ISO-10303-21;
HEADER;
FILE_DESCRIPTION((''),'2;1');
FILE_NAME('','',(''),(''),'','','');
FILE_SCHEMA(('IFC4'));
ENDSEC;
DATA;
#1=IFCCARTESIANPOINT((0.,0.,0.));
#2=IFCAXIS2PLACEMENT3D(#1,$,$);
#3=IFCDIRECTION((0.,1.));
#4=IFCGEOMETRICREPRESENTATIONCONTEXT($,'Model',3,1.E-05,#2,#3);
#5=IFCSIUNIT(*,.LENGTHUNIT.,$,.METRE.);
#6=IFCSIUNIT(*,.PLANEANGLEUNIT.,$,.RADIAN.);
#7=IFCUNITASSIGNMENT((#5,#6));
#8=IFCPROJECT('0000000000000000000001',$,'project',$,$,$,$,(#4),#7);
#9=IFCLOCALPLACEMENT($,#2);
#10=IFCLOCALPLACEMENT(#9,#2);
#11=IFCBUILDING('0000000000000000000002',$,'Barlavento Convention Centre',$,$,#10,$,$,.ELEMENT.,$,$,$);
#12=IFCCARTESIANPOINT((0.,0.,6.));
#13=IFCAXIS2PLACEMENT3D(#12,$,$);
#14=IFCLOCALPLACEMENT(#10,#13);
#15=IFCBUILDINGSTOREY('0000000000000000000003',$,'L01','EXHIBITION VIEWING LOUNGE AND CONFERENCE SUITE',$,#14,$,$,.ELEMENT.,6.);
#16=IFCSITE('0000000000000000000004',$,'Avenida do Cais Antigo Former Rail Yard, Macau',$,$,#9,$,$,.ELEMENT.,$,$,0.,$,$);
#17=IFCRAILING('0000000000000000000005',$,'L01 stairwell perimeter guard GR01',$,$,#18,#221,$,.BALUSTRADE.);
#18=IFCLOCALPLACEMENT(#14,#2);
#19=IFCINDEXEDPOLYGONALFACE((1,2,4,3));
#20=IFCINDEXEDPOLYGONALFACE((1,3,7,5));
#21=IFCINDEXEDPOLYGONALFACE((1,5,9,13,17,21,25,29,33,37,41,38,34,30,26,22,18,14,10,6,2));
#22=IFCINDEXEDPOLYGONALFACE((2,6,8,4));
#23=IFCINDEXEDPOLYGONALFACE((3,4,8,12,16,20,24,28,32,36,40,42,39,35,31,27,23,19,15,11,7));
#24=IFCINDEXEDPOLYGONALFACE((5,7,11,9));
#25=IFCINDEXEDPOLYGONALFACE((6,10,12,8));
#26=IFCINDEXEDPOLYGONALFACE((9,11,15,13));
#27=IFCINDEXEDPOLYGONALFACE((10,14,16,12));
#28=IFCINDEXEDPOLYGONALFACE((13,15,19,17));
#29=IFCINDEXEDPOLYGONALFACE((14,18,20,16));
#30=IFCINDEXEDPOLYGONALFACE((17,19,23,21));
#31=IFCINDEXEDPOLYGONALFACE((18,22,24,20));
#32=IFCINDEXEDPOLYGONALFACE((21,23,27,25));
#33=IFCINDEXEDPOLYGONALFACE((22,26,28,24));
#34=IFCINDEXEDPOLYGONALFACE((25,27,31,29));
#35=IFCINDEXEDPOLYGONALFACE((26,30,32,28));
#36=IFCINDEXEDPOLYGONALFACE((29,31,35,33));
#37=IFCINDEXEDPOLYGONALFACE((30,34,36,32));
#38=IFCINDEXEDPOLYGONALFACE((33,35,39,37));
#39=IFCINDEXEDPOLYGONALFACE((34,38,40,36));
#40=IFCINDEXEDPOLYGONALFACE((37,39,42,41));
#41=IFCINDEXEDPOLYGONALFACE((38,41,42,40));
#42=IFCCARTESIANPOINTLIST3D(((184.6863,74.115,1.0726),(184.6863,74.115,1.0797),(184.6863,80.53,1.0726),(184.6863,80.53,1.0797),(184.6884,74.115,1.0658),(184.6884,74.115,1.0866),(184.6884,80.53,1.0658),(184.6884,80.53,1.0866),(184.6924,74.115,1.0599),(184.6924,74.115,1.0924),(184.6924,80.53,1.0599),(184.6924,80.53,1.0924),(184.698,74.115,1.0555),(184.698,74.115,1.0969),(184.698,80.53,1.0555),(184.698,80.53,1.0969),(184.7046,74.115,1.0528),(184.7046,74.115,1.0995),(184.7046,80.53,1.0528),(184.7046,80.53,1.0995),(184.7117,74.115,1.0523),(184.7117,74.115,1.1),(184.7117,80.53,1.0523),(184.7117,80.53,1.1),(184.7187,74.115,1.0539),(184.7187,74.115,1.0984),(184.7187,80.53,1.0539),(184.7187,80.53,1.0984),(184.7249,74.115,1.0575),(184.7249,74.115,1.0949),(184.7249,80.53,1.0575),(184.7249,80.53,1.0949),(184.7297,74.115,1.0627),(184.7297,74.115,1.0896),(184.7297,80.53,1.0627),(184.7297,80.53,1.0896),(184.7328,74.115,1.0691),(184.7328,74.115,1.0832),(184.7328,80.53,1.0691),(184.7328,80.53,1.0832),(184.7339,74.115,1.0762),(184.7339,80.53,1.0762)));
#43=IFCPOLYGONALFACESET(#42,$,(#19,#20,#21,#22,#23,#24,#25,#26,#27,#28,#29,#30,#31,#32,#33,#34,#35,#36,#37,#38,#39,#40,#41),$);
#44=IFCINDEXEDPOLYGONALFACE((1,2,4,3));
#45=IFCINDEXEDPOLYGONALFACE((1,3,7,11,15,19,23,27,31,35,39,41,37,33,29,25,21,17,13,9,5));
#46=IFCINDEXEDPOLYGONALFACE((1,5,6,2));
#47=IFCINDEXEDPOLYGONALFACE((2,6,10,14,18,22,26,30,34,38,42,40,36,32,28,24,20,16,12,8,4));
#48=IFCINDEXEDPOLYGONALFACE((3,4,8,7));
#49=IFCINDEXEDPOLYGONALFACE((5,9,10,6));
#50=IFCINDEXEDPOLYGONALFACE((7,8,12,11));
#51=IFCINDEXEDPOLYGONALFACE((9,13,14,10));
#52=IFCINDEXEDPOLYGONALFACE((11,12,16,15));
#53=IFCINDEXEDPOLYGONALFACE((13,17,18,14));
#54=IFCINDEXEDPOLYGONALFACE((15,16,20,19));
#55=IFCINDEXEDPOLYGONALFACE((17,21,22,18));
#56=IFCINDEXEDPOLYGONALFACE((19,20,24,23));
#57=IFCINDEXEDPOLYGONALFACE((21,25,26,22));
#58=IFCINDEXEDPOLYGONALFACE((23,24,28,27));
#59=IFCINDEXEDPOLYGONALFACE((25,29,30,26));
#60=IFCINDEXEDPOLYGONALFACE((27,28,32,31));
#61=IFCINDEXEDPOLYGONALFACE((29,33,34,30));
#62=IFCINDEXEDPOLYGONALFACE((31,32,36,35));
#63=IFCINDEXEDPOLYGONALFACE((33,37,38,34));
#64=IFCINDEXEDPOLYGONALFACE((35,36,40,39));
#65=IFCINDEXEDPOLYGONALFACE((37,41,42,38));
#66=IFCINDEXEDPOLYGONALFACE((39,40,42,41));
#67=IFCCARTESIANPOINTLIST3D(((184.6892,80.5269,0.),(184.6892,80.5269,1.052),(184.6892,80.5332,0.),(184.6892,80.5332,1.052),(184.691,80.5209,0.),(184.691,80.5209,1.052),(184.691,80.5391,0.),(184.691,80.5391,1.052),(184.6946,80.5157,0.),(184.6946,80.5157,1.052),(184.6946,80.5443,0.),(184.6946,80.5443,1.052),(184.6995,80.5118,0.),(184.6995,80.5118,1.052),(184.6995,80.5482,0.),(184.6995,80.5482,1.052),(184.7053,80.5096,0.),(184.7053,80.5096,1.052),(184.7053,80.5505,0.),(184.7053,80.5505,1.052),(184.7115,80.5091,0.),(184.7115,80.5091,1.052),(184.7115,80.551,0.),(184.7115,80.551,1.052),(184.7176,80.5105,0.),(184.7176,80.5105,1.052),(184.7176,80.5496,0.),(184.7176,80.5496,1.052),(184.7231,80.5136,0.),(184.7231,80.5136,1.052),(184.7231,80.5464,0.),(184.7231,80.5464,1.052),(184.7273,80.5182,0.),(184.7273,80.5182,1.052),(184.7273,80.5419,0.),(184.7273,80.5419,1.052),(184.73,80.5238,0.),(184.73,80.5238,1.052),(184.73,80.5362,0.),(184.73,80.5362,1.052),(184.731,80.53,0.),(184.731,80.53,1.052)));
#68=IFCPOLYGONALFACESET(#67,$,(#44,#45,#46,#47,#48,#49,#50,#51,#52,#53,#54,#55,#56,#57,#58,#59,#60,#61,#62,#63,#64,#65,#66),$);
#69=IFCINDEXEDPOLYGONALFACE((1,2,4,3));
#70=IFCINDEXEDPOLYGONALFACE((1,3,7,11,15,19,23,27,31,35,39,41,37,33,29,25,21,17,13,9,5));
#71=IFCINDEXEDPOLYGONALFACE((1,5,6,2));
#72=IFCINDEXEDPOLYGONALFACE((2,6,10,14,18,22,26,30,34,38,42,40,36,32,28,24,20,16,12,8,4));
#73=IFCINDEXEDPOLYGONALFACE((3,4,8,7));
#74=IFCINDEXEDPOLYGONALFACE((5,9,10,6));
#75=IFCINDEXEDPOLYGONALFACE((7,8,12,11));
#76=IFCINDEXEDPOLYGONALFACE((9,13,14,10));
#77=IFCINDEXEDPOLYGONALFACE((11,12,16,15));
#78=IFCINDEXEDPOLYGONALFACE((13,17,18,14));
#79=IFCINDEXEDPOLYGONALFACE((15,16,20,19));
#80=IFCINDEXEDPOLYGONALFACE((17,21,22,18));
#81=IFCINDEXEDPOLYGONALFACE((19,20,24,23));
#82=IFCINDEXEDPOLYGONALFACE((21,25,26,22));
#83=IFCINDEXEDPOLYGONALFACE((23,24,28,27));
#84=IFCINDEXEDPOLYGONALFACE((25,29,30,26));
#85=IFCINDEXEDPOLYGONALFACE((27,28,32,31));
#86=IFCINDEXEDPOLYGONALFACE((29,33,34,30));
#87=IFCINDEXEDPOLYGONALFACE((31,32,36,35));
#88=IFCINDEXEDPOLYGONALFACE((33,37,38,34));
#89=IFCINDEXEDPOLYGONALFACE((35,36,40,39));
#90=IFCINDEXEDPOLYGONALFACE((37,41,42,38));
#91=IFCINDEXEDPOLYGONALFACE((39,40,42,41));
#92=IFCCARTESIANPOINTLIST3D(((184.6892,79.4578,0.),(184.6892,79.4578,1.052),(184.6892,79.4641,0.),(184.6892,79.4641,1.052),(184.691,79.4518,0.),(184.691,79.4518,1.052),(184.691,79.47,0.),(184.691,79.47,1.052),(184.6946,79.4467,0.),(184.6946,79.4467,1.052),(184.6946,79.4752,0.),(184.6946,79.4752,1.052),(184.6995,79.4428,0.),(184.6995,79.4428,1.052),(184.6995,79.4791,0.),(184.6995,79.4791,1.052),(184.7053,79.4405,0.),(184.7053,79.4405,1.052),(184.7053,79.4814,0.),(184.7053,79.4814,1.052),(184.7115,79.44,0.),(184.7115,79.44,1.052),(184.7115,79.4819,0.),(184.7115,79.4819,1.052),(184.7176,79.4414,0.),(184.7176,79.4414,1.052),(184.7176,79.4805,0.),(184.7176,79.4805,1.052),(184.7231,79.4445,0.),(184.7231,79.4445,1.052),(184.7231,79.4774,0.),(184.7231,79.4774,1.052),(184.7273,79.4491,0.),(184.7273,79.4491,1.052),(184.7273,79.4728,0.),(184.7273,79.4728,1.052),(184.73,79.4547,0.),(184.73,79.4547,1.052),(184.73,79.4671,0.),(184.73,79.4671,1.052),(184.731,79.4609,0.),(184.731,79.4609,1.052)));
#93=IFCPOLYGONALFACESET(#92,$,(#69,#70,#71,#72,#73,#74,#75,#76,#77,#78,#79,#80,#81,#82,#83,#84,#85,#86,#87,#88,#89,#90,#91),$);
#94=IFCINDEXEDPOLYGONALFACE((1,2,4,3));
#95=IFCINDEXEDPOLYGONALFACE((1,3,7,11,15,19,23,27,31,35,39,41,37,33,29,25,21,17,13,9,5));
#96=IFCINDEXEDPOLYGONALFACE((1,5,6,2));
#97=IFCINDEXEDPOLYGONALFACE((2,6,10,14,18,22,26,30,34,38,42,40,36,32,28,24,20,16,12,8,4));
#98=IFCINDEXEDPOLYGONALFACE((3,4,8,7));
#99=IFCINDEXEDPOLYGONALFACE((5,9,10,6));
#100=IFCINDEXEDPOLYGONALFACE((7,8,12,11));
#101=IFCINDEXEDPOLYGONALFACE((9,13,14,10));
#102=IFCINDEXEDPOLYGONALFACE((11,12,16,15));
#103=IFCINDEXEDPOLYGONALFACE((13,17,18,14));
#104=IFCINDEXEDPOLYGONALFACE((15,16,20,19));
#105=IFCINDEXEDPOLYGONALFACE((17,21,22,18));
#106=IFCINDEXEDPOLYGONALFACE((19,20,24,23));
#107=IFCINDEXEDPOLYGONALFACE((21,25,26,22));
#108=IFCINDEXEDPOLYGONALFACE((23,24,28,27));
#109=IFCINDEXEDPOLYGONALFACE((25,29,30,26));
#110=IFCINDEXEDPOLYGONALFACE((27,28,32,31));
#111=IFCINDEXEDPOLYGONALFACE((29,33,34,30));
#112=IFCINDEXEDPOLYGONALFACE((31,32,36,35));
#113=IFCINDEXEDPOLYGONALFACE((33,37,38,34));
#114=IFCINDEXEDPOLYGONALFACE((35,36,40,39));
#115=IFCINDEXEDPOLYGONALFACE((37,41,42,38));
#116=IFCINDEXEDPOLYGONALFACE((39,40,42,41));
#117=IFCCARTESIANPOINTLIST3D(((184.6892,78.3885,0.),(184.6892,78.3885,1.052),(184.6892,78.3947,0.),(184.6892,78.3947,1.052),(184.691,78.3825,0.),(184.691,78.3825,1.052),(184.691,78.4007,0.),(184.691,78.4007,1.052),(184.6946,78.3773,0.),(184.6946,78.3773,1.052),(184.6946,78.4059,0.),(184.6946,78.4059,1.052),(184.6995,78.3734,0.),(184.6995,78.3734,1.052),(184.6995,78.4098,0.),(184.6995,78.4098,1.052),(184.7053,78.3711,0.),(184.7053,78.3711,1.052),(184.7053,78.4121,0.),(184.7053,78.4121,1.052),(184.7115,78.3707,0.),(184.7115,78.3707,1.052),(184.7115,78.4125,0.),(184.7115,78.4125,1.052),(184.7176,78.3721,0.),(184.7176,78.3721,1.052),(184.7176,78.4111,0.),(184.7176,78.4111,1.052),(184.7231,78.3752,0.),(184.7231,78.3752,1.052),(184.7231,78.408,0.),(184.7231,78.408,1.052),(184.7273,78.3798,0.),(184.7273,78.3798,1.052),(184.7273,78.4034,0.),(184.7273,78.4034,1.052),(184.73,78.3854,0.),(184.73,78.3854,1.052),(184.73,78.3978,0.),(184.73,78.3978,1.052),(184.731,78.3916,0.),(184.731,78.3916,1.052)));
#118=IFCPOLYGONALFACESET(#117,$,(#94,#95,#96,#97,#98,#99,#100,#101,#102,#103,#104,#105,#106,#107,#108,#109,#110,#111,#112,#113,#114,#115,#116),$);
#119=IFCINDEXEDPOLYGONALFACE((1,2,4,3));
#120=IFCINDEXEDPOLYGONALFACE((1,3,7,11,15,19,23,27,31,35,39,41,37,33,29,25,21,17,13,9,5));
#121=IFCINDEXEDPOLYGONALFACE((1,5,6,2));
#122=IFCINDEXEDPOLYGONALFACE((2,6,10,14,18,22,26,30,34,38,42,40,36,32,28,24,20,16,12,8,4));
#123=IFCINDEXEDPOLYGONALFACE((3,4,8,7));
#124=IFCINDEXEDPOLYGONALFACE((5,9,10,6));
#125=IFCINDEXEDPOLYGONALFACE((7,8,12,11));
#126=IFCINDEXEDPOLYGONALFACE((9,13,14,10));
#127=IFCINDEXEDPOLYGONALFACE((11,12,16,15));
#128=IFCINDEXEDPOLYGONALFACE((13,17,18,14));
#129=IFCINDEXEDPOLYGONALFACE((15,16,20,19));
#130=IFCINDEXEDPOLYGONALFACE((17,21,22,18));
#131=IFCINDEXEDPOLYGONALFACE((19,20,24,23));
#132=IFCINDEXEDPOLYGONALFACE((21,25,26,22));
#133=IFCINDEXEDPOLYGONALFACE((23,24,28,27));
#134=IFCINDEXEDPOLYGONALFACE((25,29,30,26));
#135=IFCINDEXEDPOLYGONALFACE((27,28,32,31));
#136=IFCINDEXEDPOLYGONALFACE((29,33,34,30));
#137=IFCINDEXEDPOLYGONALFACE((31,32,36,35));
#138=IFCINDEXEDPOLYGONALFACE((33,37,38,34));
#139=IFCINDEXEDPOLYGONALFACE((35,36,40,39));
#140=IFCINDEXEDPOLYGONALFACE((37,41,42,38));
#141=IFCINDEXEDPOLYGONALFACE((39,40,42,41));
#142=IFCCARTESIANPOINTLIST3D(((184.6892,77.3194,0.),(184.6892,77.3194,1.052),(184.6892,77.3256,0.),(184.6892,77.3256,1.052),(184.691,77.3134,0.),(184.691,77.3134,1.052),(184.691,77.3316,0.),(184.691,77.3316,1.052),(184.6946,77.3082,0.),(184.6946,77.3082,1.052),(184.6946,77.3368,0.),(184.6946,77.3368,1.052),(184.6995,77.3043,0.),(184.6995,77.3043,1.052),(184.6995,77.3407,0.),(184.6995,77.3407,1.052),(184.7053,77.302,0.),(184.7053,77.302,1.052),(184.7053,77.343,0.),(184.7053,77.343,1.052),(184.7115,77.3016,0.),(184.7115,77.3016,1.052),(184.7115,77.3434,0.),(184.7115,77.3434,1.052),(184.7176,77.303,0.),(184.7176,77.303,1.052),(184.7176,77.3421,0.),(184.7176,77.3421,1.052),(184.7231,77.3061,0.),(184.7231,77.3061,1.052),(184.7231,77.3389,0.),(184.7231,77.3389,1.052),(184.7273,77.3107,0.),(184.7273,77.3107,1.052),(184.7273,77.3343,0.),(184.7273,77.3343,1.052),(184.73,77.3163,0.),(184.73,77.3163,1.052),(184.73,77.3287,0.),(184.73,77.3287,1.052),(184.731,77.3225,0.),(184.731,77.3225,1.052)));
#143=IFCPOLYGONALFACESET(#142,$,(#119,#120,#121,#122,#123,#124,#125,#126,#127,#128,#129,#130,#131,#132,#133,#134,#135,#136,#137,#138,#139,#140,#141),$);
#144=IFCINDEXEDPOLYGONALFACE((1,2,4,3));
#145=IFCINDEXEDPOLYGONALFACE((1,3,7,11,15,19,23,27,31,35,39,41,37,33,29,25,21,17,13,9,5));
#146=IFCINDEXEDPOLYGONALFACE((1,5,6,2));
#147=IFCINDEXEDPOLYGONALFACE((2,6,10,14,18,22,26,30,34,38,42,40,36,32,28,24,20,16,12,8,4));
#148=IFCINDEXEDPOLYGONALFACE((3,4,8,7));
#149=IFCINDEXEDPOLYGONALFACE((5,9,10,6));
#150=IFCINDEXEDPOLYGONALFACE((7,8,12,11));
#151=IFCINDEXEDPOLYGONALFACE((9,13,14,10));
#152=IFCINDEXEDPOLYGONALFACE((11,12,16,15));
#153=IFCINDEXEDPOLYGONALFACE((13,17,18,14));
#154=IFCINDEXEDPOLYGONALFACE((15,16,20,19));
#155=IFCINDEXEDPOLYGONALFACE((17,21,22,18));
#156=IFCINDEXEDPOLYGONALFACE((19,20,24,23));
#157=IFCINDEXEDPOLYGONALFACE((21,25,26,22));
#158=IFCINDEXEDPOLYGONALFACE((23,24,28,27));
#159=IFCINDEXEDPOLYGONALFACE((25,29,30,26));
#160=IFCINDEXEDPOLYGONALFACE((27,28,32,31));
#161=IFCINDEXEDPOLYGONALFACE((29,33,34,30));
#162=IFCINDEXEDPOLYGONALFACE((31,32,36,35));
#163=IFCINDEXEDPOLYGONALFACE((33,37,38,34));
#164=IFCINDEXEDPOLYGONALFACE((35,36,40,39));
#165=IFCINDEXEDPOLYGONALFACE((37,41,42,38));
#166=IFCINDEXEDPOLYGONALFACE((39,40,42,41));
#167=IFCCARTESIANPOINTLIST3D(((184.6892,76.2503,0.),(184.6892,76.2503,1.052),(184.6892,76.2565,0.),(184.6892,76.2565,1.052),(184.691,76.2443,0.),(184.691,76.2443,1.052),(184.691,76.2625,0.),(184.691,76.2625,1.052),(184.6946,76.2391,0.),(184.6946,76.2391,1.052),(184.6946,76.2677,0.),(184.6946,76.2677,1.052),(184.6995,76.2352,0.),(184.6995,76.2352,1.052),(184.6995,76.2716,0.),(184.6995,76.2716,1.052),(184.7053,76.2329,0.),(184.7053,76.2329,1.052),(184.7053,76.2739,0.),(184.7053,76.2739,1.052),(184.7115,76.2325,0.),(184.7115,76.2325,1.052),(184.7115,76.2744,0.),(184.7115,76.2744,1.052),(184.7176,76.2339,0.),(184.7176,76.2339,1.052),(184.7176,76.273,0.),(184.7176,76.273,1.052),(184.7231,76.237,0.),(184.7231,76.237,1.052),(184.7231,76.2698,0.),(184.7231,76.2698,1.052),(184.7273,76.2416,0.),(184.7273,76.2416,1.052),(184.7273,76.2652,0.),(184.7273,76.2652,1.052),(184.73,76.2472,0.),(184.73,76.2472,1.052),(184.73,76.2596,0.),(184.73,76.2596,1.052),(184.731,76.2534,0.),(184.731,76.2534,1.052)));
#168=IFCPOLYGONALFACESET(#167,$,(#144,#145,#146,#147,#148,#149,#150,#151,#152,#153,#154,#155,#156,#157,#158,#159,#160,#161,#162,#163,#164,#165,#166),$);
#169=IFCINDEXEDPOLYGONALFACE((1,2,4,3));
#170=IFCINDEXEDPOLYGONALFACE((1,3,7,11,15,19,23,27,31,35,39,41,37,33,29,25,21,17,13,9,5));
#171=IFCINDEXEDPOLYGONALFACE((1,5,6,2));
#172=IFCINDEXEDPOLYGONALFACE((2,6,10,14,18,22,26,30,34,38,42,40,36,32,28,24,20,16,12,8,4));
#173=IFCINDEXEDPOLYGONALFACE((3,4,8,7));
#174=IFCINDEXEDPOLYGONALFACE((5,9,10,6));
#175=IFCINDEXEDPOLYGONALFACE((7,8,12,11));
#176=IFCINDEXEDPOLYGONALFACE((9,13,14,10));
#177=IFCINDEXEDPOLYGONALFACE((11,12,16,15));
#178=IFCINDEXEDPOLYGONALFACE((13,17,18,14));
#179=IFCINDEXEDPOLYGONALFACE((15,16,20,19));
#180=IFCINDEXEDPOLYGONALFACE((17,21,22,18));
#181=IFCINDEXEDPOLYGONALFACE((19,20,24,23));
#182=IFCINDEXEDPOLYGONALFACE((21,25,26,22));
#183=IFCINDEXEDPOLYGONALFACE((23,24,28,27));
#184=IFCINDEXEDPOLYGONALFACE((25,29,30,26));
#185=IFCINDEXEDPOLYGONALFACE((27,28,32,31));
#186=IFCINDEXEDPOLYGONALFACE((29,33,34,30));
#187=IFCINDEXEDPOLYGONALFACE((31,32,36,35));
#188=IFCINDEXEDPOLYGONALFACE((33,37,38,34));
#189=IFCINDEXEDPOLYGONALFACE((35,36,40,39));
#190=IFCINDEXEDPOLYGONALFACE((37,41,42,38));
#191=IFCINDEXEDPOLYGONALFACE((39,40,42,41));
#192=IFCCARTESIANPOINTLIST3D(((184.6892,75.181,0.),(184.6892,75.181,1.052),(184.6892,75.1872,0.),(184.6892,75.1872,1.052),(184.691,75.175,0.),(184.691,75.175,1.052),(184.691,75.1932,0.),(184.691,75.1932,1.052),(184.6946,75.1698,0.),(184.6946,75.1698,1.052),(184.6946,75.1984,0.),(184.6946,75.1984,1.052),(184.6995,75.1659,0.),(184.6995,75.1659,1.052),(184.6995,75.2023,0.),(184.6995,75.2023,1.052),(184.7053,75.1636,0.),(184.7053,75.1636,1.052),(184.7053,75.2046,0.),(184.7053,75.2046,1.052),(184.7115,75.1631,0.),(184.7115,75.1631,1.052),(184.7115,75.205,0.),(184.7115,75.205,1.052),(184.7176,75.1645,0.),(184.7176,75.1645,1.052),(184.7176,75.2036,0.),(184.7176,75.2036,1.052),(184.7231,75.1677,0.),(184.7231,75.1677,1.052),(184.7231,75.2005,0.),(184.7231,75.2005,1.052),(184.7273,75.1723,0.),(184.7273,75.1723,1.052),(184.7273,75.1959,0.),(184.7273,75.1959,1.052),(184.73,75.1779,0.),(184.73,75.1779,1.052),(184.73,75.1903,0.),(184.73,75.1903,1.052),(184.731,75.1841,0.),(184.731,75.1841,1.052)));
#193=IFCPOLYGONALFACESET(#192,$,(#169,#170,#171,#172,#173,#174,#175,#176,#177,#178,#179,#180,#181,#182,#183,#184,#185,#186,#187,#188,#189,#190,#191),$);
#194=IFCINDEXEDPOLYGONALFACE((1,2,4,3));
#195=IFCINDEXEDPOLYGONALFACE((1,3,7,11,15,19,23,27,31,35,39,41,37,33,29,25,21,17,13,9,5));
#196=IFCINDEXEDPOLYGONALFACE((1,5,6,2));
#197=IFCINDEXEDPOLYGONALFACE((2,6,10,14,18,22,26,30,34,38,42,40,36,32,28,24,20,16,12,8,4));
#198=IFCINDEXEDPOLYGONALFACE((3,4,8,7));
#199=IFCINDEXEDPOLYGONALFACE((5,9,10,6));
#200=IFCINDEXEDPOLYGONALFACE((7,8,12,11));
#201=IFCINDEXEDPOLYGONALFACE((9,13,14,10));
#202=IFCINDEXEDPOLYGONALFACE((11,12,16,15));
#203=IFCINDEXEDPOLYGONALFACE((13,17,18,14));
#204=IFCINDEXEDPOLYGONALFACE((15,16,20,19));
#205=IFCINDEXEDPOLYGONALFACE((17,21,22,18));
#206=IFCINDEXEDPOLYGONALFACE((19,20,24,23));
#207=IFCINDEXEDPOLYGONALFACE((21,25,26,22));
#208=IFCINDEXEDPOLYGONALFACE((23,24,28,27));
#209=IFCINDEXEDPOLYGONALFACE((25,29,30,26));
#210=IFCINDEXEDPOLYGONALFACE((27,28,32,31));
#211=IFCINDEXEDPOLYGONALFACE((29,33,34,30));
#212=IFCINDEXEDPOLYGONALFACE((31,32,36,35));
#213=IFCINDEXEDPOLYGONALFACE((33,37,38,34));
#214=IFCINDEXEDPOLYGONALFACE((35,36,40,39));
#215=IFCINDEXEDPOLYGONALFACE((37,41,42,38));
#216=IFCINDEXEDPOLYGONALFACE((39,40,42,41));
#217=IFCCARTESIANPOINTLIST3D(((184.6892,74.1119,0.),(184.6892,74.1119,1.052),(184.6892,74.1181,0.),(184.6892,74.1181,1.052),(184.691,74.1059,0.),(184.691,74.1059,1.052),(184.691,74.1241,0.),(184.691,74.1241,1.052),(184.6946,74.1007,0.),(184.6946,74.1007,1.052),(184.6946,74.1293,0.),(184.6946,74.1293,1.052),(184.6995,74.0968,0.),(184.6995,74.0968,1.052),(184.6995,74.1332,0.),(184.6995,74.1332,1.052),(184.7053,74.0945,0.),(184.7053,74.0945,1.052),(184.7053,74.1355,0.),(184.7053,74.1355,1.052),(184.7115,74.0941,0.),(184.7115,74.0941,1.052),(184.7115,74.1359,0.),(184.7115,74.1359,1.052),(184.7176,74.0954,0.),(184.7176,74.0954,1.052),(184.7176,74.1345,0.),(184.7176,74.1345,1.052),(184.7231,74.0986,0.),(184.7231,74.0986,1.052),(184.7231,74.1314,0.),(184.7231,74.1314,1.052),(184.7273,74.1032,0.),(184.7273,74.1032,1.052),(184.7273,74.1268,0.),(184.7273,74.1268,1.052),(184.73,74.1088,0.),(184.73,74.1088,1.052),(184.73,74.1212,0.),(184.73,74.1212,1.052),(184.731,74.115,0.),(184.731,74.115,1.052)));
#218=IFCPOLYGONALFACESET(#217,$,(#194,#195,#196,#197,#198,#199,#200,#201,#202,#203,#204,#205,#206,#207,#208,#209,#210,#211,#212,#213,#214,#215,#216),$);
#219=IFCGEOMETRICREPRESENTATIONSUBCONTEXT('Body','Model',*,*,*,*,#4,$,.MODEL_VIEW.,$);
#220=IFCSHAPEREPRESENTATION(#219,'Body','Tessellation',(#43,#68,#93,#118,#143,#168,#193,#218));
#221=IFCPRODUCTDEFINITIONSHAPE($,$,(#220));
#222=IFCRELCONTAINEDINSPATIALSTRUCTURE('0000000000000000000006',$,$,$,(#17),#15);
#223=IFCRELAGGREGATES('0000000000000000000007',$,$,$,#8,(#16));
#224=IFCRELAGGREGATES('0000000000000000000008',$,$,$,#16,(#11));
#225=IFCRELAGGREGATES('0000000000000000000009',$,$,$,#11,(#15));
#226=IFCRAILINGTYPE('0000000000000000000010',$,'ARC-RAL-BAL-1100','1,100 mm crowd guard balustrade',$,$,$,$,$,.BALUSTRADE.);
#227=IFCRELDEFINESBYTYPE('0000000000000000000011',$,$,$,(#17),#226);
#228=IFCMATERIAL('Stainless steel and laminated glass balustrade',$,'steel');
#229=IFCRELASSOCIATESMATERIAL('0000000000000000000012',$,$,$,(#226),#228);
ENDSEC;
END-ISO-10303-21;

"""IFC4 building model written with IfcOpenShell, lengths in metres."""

from ifc_helpers import new_model, si_unit, direction, frame, origin, origin_2d, place, context, subcontext, project, spatial, circle, extrude, material, type_object, element, save


model = new_model("IFC4")

# Units and contexts
model_context = context("Model", 3, precision=1e-05, world=origin(), true_north=direction((0.0, 1.0)))
body_context = subcontext(model_context, "Body", "Model", "MODEL_VIEW")
ifc_project = project(units=[si_unit("LENGTHUNIT", "METRE"), si_unit("PLANEANGLEUNIT", "RADIAN")], contexts=[model_context])

# Site, building, storey
site_placement = place(None, origin())
site = spatial("IfcSite", under=ifc_project, at=site_placement, Name="Avenida do Cais Antigo Former Rail Yard, Macau", CompositionType="ELEMENT", RefElevation=0.0)
building_placement = place(site_placement, origin())
building = spatial("IfcBuilding", under=site, at=building_placement, Name="Barlavento Convention Centre", CompositionType="ELEMENT")
storey_placement = place(building_placement, frame((0.0, 0.0, 6.0)))
storey = spatial("IfcBuildingStorey", under=building, at=storey_placement, Name="L01", Description="EXHIBITION VIEWING LOUNGE AND CONFERENCE SUITE", CompositionType="ELEMENT", Elevation=6.0)

# Railing
ifc_material_1 = material(Name="Stainless steel and laminated glass balustrade", Category="steel")
railing_type_1 = type_object("IfcRailingType", Name="ARC-RAL-BAL-1100", Description="1,100 mm crowd guard balustrade", PredefinedType="BALUSTRADE", material=ifc_material_1)
railing_1_placement = place(storey_placement, frame((184.71, 80.53, 0.0)))
element("IfcRailing", 1, at=railing_1_placement, inside=storey, type_object=railing_type_1, Name="L01 stairwell perimeter guard GR01", PredefinedType="BALUSTRADE", context=body_context, shape_type="SweptSolid", body=[
    extrude(circle(Radius=0.0239, at=origin_2d()), frame((0.0, 0.0, 1.0762), z_axis=(0.0, -1.0, 0.0), x_axis=(1.0, 0.0, 0.0)), (0.0, 0.0, 1.0), 6.415),
    extrude(circle(Radius=0.021, at=origin_2d()), origin(), (0.0, 0.0, 1.0), 1.052),
    extrude(circle(Radius=0.021, at=origin_2d()), frame((0.0, -1.0691, 0.0)), (0.0, 0.0, 1.0), 1.052),
    extrude(circle(Radius=0.021, at=origin_2d()), frame((0.0, -2.1384, 0.0)), (0.0, 0.0, 1.0), 1.052),
    extrude(circle(Radius=0.021, at=origin_2d()), frame((0.0, -3.2075, 0.0)), (0.0, 0.0, 1.0), 1.052),
    extrude(circle(Radius=0.021, at=origin_2d()), frame((0.0, -4.2766, 0.0)), (0.0, 0.0, 1.0), 1.052),
    extrude(circle(Radius=0.021, at=origin_2d()), frame((0.0, -5.3459, 0.0)), (0.0, 0.0, 1.0), 1.052),
    extrude(circle(Radius=0.021, at=origin_2d()), frame((0.0, -6.415, 0.0)), (0.0, 0.0, 1.0), 1.052),
])

save(model, "model.ifc")
